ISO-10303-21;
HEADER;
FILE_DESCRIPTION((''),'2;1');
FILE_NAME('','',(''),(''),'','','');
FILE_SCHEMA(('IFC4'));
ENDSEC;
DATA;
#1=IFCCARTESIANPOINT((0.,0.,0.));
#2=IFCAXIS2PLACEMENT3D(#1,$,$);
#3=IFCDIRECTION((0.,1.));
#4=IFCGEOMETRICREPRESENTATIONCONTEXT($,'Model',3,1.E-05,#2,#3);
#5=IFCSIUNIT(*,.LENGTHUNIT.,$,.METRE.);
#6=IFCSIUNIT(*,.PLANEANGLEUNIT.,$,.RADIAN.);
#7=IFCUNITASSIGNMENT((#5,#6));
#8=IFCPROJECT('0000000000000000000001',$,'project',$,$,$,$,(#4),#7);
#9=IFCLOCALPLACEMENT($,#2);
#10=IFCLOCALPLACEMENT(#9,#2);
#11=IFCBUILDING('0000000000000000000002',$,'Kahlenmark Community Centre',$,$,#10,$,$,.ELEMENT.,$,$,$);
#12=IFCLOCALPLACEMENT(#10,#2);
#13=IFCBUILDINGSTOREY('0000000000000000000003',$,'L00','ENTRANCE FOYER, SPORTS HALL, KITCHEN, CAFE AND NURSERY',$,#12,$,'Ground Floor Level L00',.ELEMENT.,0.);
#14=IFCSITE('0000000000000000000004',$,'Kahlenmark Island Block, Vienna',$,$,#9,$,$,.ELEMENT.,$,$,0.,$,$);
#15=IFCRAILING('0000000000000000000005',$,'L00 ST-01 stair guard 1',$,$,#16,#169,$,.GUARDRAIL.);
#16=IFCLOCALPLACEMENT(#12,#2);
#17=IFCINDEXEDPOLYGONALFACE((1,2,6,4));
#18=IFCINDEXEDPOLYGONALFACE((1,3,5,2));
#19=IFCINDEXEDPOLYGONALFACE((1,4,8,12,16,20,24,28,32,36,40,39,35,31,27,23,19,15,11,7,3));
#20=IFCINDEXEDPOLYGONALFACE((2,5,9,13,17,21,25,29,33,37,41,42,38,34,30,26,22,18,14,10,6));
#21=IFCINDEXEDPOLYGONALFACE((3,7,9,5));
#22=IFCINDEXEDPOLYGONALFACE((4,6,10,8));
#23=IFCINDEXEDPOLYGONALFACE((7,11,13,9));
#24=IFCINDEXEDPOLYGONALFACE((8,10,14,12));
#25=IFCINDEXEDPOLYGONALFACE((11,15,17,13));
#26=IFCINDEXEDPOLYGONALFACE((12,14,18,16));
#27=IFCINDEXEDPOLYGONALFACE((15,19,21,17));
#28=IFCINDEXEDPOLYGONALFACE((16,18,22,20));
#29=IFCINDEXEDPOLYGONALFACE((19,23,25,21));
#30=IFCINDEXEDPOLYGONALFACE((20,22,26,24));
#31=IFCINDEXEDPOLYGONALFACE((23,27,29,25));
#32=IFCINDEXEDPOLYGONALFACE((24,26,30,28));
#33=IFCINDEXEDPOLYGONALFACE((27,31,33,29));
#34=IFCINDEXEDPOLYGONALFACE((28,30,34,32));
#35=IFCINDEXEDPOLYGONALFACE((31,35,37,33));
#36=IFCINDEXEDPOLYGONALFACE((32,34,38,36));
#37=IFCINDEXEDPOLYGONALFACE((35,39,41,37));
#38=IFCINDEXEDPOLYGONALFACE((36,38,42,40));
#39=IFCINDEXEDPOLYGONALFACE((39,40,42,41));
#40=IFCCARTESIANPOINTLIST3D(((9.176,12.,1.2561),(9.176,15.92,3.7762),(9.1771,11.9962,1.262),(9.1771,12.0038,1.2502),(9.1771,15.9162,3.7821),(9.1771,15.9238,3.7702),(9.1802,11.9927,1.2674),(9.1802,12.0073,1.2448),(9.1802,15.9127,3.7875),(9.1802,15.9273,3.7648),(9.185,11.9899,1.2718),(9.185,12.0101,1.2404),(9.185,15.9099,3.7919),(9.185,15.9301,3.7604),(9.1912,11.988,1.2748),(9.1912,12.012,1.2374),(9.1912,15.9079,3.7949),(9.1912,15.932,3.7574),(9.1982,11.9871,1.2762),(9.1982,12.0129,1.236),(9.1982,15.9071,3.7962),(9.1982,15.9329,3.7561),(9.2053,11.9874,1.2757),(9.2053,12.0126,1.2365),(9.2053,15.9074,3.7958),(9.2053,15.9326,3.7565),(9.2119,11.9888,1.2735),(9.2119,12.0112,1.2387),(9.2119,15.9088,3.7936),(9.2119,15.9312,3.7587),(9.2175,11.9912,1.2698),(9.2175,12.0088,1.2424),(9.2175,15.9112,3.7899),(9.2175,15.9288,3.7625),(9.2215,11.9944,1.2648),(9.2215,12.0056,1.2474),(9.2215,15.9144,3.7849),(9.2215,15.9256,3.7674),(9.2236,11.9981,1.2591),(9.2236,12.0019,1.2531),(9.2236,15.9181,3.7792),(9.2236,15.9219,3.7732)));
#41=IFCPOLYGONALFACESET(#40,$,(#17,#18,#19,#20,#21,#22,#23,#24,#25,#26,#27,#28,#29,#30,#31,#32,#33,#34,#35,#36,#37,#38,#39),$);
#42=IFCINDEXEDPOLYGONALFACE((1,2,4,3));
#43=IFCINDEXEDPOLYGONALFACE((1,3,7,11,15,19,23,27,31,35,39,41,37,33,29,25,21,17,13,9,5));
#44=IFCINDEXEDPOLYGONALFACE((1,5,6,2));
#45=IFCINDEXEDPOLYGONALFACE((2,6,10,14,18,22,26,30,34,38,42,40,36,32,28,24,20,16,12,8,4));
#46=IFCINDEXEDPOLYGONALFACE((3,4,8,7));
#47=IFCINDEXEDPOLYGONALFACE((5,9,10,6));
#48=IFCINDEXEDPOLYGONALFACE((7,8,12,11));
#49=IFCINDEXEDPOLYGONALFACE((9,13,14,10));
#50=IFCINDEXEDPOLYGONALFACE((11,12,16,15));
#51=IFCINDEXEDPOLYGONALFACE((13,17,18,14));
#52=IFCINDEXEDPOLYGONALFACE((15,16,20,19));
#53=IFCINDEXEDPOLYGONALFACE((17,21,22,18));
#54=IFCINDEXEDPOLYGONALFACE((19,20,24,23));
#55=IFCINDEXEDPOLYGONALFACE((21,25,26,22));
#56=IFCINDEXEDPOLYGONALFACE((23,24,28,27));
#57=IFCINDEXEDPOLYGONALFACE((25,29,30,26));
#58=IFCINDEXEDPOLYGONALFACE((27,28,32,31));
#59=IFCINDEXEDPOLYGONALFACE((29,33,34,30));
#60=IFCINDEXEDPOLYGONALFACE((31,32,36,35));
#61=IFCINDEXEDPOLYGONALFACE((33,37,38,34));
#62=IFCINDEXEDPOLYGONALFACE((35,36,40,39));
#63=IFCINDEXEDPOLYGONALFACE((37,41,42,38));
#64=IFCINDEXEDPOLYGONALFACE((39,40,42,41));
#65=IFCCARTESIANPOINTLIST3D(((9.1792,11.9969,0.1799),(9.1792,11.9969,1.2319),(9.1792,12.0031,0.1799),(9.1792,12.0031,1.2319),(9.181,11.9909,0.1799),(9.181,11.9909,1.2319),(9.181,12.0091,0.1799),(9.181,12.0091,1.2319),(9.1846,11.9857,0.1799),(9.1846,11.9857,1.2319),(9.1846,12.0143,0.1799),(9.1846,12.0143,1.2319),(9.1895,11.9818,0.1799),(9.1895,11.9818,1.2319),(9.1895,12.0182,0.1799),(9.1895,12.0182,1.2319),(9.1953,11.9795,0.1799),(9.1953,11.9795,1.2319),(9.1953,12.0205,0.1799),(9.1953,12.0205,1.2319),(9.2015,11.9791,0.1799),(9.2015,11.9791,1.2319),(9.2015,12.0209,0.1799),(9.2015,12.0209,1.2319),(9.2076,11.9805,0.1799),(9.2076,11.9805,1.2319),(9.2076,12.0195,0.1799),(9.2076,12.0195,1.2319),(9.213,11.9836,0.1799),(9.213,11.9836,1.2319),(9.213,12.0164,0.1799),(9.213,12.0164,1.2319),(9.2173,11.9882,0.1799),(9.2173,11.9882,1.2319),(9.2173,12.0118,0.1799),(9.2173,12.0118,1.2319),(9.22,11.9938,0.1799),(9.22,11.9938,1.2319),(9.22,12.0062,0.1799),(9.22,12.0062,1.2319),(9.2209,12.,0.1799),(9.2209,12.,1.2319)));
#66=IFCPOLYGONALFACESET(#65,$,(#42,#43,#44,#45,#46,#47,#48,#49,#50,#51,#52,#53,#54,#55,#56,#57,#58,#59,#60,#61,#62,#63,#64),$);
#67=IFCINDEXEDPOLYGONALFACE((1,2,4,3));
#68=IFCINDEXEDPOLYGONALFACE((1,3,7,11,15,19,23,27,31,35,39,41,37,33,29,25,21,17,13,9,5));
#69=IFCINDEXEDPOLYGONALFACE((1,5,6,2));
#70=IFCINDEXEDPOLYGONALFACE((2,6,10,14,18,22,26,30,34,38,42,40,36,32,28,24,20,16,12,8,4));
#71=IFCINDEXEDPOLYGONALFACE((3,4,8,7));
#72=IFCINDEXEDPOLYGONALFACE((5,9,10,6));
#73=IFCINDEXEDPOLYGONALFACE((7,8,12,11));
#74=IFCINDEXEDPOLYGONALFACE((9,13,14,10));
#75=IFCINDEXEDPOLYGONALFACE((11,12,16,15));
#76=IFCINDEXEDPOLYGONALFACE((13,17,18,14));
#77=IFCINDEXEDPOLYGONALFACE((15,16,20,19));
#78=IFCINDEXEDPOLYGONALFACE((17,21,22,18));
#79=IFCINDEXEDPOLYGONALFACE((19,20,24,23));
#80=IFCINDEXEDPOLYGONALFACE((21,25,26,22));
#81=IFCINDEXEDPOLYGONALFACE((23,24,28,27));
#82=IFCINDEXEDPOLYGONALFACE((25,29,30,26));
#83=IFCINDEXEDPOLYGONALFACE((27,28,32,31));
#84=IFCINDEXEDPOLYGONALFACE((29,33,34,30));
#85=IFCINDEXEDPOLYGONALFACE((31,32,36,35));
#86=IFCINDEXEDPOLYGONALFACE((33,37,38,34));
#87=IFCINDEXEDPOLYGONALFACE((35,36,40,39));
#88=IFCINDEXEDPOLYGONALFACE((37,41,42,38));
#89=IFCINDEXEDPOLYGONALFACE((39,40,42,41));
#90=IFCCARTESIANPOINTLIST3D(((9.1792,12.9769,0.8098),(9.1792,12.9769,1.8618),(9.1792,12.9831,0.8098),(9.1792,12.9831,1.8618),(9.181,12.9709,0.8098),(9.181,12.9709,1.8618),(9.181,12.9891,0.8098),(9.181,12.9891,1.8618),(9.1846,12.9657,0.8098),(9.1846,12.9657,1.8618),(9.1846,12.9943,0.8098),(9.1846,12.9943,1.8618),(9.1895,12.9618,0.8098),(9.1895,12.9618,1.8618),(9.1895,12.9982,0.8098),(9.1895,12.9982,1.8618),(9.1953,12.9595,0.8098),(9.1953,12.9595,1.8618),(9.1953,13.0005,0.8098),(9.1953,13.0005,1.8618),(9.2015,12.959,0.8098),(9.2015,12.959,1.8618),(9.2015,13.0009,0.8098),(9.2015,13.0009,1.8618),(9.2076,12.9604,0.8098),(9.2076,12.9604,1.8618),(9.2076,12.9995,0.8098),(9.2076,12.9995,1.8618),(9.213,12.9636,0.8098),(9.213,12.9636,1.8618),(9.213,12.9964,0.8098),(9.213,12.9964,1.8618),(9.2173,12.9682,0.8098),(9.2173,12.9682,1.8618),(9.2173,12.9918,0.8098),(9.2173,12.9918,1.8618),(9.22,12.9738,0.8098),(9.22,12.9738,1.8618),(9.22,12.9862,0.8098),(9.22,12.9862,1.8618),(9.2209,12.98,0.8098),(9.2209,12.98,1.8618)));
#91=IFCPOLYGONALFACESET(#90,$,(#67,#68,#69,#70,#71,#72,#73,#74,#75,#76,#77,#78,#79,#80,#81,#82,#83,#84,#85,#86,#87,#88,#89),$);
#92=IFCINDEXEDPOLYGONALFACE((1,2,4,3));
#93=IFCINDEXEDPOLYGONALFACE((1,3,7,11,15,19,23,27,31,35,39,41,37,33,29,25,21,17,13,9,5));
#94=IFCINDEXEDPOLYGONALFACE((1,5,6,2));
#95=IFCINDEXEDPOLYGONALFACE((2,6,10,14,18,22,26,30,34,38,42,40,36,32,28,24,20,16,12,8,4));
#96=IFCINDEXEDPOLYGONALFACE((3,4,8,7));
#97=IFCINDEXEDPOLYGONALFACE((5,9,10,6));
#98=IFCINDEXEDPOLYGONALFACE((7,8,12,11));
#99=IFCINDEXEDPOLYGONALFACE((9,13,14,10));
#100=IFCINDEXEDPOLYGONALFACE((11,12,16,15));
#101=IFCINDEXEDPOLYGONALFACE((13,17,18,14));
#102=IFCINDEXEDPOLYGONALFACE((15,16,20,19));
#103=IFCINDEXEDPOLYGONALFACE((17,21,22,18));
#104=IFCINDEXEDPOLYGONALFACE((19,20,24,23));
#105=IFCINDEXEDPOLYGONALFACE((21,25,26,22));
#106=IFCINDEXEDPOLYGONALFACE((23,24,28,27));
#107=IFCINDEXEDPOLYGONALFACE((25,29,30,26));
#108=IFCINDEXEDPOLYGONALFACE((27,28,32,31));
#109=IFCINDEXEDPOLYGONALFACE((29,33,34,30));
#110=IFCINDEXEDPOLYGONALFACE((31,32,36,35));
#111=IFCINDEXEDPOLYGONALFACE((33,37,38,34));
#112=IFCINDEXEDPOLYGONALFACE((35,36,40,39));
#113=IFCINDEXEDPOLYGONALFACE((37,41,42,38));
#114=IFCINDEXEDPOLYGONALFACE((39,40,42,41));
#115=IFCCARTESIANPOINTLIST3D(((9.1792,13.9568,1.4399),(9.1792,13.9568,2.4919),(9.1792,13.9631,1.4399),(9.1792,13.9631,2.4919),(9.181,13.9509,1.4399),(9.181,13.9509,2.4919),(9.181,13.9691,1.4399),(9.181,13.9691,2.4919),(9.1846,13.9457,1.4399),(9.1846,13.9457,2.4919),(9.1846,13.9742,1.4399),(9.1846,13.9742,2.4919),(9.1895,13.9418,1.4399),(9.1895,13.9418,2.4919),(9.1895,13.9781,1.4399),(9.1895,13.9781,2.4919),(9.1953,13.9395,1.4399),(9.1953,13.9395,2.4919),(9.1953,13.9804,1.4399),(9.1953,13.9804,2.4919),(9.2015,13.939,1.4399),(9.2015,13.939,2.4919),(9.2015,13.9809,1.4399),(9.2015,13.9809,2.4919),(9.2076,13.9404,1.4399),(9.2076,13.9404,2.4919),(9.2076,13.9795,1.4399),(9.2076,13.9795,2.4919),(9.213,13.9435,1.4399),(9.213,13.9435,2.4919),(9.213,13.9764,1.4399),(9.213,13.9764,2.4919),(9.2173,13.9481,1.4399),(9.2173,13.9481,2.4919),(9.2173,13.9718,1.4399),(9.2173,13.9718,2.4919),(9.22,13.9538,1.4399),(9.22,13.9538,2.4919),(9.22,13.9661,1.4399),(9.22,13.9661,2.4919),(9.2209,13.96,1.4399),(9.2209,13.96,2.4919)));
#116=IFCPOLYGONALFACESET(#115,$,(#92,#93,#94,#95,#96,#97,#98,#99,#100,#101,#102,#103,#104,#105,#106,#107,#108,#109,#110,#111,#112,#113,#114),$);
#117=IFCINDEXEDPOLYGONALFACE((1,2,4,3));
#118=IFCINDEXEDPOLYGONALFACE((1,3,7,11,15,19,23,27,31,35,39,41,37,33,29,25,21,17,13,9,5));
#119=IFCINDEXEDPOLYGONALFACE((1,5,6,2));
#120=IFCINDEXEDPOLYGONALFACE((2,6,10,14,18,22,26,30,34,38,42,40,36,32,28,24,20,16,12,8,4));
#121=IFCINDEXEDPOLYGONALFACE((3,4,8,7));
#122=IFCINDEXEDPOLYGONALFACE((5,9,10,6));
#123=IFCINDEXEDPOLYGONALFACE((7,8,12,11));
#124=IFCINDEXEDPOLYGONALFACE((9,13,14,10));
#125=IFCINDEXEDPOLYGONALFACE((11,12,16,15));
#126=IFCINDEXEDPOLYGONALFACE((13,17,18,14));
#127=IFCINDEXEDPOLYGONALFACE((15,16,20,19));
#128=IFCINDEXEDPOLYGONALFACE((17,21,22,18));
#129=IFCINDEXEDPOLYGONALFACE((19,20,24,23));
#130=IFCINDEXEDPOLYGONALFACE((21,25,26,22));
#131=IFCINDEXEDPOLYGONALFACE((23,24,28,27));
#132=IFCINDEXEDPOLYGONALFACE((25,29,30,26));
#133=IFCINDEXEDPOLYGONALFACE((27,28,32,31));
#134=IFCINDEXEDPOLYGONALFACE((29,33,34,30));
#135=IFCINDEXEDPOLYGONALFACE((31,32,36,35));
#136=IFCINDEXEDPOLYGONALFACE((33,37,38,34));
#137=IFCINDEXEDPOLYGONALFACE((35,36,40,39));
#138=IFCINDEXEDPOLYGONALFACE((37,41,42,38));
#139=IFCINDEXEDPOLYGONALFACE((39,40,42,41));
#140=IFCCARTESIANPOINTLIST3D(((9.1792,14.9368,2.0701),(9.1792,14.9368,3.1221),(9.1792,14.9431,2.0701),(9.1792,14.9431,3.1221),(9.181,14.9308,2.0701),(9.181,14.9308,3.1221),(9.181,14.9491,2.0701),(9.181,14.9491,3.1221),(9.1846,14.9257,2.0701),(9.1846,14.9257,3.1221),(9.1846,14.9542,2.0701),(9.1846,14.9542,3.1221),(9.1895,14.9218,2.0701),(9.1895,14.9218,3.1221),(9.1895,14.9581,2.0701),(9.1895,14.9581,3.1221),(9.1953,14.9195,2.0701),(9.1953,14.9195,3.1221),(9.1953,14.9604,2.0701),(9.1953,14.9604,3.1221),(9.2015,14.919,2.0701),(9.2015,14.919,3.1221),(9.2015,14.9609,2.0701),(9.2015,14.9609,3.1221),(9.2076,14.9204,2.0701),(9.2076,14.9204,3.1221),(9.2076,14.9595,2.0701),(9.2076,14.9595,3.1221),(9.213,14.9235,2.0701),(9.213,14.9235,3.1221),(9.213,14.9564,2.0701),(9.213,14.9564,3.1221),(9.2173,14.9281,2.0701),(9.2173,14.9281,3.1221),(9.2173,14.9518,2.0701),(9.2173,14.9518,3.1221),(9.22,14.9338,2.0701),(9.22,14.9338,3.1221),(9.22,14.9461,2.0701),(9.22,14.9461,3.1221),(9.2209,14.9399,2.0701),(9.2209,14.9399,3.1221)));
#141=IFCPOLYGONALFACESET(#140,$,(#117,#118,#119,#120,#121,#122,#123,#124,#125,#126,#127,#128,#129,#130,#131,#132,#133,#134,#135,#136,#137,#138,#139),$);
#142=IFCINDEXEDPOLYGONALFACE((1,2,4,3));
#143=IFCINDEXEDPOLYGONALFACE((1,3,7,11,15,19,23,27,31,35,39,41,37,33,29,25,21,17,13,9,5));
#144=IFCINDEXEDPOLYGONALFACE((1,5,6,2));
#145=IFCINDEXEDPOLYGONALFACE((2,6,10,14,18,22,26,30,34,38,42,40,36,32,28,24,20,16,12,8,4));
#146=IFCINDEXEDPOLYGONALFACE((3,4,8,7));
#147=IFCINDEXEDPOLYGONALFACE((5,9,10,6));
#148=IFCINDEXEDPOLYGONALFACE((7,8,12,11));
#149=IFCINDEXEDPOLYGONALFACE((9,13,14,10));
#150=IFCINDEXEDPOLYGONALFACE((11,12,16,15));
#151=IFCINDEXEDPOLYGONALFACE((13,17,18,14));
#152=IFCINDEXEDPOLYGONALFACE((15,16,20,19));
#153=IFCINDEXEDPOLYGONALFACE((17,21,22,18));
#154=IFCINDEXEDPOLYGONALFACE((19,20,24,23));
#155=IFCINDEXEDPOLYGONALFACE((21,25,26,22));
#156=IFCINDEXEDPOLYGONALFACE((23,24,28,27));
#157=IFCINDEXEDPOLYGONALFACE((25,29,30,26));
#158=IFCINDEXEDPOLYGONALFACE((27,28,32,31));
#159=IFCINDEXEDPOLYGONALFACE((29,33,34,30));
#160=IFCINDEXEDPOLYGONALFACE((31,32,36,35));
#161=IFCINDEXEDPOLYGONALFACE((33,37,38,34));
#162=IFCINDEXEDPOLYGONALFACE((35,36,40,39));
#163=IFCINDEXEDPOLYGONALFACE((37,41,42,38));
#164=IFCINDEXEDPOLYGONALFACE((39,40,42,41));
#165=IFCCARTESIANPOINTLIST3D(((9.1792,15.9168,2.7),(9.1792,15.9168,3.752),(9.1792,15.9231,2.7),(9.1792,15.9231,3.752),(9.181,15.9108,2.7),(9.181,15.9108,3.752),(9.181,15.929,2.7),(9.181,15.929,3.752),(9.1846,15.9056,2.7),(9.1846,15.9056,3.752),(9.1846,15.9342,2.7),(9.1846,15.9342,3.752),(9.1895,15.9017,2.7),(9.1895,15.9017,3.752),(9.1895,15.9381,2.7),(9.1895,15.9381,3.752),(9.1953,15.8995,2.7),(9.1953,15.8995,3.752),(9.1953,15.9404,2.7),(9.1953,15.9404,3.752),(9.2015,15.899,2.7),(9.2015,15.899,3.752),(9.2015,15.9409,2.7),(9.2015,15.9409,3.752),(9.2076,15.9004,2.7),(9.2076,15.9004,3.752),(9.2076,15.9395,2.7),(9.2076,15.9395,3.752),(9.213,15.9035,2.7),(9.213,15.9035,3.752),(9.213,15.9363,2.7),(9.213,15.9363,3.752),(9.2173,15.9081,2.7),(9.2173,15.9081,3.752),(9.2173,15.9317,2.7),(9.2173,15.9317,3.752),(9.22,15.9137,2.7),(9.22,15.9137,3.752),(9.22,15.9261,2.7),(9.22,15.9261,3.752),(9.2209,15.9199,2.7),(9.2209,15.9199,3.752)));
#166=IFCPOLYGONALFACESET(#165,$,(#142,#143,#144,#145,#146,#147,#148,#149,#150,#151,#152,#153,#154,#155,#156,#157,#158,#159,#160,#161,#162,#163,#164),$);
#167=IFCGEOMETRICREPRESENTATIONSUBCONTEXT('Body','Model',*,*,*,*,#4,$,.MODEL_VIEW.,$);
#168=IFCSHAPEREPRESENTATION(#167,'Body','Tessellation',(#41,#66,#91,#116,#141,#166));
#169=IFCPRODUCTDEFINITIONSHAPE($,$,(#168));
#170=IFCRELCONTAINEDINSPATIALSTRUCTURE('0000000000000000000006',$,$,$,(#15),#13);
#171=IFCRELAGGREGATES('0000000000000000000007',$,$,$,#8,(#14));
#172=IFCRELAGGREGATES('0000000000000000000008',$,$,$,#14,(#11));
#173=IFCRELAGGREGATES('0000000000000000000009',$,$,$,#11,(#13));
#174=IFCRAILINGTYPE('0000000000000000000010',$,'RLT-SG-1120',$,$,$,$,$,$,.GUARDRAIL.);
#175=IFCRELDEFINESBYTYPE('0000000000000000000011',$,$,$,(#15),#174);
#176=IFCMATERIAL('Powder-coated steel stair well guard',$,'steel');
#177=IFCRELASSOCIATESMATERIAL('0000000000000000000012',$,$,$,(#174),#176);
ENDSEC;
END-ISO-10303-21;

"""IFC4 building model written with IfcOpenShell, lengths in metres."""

from ifc_helpers import new_model, si_unit, direction, frame, origin, origin_2d, place, context, subcontext, project, spatial, circle, extrude, material, type_object, element, save


model = new_model("IFC4")

# Units and contexts
model_context = context("Model", 3, precision=1e-05, world=origin(), true_north=direction((0.0, 1.0)))
body_context = subcontext(model_context, "Body", "Model", "MODEL_VIEW")
ifc_project = project(units=[si_unit("LENGTHUNIT", "METRE"), si_unit("PLANEANGLEUNIT", "RADIAN")], contexts=[model_context])

# Site, building, storey
site_placement = place(None, origin())
site = spatial("IfcSite", under=ifc_project, at=site_placement, Name="Kahlenmark Island Block, Vienna", CompositionType="ELEMENT", RefElevation=0.0)
building_placement = place(site_placement, origin())
building = spatial("IfcBuilding", under=site, at=building_placement, Name="Kahlenmark Community Centre", CompositionType="ELEMENT")
storey_placement = place(building_placement, origin())
storey = spatial("IfcBuildingStorey", under=building, at=storey_placement, Name="L00", Description="ENTRANCE FOYER, SPORTS HALL, KITCHEN, CAFE AND NURSERY", LongName="Ground Floor Level L00", CompositionType="ELEMENT", Elevation=0.0)

# Railing
ifc_material_1 = material(Name="Powder-coated steel stair well guard", Category="steel")
railing_type_1 = type_object("IfcRailingType", Name="RLT-SG-1120", PredefinedType="GUARDRAIL", material=ifc_material_1)
railing_1_placement = place(storey_placement, frame((9.2, 12.0, 0.1799)))
element("IfcRailing", 1, at=railing_1_placement, inside=storey, type_object=railing_type_1, Name="L00 ST-01 stair guard 1", PredefinedType="GUARDRAIL", context=body_context, shape_type="SweptSolid", body=[
    extrude(circle(Radius=0.0239, at=origin_2d()), frame((0.0, 0.0, 1.0762), z_axis=(0.0, 0.841172, 0.540768), x_axis=(-1.0, 0.0, 0.0)), (0.0, 0.0, 1.0), 4.6602),
    extrude(circle(Radius=0.021, at=origin_2d()), origin(), (0.0, 0.0, 1.0), 1.052),
    extrude(circle(Radius=0.021, at=origin_2d()), frame((0.0, 0.98, 0.6299)), (0.0, 0.0, 1.0), 1.052),
    extrude(circle(Radius=0.021, at=origin_2d()), frame((0.0, 1.96, 1.26)), (0.0, 0.0, 1.0), 1.052),
    extrude(circle(Radius=0.021, at=origin_2d()), frame((0.0, 2.9399, 1.8901)), (0.0, 0.0, 1.0), 1.052),
    extrude(circle(Radius=0.021, at=origin_2d()), frame((0.0, 3.9199, 2.52)), (0.0, 0.0, 1.0), 1.052),
])

save(model, "model.ifc")
